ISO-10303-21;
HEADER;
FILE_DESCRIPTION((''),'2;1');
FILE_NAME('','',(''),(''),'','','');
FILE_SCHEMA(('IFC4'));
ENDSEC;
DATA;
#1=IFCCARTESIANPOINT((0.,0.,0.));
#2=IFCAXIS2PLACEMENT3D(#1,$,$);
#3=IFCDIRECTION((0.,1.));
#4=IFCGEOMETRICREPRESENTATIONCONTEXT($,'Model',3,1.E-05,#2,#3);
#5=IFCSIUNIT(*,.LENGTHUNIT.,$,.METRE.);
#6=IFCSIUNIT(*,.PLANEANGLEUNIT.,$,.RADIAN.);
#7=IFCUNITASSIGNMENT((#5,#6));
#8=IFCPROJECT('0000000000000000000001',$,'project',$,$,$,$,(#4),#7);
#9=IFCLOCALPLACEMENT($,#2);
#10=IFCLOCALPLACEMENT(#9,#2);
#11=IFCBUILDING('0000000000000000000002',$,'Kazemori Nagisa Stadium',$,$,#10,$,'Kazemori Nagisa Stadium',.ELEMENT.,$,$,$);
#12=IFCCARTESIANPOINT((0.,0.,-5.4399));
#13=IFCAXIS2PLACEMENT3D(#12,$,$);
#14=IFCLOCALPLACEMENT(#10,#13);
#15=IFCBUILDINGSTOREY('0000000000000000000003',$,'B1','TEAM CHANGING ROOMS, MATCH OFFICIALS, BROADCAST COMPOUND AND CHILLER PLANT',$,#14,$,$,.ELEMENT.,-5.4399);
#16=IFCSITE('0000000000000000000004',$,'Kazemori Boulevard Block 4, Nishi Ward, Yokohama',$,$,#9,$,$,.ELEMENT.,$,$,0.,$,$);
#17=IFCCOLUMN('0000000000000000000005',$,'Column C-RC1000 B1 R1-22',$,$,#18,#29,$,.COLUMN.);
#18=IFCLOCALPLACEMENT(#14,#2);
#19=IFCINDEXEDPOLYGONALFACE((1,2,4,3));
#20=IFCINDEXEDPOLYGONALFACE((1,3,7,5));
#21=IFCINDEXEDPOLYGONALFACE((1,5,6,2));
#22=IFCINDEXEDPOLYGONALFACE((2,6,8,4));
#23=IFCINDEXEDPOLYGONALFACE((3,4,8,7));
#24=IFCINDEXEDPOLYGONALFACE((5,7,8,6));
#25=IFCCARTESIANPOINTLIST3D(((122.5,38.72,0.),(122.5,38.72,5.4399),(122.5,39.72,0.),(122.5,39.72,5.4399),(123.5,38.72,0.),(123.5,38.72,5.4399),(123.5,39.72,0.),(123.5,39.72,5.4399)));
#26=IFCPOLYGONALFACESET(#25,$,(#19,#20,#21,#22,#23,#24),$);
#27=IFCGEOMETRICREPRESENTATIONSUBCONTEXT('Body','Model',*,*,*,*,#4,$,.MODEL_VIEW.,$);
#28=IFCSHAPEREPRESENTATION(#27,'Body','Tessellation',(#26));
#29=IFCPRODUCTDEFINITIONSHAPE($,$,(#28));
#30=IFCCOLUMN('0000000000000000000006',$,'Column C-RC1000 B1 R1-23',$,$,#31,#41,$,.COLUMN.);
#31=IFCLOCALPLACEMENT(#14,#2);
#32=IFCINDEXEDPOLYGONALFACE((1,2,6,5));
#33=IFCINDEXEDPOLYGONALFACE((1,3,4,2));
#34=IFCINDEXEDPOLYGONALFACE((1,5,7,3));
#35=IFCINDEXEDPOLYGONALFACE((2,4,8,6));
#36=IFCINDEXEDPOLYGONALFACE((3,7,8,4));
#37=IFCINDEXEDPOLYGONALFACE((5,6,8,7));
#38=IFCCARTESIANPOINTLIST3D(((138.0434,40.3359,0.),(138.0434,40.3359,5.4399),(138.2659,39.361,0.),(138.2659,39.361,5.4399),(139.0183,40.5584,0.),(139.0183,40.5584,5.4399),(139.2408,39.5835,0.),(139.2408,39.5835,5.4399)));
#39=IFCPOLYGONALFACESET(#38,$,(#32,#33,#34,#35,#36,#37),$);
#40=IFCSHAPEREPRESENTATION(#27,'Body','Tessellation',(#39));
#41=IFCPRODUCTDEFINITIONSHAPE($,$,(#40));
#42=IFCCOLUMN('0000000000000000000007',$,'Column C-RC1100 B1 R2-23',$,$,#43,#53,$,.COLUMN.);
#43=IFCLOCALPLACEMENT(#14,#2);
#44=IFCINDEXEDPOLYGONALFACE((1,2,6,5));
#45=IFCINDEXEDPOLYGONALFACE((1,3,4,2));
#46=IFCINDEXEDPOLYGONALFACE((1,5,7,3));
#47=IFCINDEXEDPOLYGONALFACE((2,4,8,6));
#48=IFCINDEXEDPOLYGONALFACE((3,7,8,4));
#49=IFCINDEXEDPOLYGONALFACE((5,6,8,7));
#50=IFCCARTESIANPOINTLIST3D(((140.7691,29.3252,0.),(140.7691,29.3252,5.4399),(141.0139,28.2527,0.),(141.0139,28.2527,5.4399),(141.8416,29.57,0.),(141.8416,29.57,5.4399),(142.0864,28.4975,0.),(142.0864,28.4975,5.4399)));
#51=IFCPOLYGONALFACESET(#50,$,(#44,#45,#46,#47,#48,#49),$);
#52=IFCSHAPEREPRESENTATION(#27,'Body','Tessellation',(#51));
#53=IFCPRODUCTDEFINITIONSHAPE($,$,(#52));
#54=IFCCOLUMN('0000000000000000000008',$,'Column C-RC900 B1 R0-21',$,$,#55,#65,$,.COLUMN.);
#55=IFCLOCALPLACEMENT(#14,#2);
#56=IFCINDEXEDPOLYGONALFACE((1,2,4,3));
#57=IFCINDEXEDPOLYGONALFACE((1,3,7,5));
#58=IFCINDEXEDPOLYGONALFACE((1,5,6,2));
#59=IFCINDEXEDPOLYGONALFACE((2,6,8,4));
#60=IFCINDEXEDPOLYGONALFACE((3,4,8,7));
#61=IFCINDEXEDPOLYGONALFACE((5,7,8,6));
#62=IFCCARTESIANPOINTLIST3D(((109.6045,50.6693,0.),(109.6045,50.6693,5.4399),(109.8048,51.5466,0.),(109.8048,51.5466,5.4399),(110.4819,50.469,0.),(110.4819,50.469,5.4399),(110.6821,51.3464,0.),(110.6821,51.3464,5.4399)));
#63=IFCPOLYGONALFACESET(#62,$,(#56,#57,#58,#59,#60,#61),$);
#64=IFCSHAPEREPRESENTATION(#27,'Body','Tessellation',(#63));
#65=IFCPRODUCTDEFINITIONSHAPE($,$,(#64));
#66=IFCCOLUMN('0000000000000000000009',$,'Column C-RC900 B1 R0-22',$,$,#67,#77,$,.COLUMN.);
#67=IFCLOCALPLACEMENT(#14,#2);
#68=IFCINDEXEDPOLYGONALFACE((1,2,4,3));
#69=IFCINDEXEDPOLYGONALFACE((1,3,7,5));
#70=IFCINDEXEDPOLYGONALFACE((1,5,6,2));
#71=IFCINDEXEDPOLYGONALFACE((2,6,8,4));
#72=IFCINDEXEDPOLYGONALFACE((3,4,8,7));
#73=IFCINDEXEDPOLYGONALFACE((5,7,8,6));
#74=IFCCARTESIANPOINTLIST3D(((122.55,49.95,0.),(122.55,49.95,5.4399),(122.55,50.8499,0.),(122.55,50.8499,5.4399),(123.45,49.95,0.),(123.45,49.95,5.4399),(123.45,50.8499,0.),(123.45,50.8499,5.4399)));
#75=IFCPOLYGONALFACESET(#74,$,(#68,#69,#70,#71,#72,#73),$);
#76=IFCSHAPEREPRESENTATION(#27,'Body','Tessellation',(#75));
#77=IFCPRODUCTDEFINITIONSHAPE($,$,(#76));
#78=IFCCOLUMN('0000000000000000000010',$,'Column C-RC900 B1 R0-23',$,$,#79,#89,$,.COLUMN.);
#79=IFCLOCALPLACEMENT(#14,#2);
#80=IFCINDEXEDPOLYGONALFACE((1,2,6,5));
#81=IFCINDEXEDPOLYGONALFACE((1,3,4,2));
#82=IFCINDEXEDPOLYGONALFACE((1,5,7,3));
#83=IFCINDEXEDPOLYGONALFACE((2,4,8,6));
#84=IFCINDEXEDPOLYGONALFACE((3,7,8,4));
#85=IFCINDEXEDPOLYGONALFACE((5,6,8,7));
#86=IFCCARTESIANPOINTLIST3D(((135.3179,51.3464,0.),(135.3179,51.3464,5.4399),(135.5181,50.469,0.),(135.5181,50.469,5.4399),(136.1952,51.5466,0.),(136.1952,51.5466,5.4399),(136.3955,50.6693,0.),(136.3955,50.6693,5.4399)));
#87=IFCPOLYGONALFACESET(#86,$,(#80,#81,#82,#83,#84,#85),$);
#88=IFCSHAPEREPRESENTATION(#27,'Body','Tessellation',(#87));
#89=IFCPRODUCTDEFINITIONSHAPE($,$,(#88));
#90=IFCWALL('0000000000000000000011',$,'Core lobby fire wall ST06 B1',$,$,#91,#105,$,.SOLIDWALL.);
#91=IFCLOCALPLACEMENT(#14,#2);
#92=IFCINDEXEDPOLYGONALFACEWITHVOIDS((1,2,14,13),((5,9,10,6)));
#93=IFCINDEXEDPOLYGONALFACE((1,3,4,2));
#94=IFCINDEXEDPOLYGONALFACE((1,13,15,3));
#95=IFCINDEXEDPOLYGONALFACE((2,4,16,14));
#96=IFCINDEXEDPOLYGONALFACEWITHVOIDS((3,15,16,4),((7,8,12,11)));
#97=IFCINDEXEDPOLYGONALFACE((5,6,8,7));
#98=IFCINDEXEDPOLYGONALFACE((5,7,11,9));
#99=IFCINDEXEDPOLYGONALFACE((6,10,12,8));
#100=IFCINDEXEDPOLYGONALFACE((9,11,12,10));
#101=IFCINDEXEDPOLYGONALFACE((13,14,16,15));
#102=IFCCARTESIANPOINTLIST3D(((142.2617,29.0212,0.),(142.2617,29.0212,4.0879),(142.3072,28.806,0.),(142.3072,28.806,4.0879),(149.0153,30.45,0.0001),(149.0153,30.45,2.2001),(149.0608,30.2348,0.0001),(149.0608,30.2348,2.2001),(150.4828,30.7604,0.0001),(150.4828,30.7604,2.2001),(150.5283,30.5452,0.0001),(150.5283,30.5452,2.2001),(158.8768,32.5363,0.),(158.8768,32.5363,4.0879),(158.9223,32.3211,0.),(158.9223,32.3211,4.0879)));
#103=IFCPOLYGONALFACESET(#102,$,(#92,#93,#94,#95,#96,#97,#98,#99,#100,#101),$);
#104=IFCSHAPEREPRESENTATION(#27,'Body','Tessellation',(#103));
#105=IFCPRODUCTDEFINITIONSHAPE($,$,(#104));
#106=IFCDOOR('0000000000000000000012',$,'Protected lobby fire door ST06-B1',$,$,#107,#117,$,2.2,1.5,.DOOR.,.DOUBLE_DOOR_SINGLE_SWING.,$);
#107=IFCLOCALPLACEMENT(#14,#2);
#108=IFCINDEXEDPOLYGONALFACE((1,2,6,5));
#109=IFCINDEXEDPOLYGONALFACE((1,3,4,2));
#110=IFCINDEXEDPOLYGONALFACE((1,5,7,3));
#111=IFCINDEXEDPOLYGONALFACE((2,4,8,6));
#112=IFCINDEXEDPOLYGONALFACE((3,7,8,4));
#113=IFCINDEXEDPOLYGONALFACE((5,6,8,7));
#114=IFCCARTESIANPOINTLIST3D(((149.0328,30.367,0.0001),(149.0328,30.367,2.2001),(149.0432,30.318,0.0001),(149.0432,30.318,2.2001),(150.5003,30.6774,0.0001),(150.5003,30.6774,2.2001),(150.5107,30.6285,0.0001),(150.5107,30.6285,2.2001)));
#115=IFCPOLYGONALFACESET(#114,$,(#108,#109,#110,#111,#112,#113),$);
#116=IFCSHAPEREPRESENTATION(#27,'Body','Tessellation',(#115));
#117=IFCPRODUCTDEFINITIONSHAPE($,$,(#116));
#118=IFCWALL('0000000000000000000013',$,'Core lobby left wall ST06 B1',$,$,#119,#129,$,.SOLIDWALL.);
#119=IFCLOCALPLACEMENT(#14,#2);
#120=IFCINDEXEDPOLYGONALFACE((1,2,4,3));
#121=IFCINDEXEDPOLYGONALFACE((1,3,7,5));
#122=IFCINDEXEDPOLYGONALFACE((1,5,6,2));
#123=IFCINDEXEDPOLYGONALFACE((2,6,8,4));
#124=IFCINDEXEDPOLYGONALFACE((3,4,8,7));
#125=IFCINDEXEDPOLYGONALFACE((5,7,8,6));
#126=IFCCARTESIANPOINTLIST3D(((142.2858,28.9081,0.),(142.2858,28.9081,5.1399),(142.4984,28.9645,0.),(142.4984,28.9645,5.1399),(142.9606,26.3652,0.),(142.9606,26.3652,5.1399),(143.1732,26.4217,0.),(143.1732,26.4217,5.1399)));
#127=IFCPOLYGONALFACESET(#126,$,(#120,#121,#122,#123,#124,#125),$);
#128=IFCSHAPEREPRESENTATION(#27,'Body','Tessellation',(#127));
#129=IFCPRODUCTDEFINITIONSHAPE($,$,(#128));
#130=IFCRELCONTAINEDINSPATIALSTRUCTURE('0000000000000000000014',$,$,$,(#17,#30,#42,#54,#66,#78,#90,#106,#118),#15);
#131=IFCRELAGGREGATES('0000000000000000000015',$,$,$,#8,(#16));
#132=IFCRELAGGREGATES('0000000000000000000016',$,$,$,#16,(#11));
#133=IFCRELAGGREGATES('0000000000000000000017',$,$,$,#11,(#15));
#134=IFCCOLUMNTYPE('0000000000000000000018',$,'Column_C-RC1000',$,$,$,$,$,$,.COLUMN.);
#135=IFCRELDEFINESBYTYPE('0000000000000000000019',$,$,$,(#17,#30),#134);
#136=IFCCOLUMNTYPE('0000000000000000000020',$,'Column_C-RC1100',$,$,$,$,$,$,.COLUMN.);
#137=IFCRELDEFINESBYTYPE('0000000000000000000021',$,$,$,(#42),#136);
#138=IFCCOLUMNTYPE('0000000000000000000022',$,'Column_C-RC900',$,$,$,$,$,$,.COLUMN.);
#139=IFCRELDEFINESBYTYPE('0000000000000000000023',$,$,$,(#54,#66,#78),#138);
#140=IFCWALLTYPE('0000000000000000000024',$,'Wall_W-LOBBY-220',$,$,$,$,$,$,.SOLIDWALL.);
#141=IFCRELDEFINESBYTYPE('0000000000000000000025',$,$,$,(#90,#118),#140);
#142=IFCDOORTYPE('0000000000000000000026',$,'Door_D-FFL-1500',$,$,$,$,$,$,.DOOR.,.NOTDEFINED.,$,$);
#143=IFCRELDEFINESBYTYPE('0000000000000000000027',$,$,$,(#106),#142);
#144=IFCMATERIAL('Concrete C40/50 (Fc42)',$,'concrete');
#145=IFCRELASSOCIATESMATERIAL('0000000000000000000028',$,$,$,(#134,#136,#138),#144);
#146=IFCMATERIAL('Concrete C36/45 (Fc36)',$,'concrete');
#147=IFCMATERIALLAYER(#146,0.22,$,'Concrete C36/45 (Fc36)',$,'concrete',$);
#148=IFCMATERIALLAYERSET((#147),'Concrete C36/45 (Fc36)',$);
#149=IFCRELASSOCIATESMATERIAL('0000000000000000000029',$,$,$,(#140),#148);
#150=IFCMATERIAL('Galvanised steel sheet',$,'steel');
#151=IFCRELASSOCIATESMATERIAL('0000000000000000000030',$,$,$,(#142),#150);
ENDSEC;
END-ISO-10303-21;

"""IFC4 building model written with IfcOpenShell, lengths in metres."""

from ifc_helpers import new_model, si_unit, direction, frame, frame_2d, origin, origin_2d, place, context, subcontext, project, spatial, rectangle, extrude, material, layer, layer_set, material_profile, profile_set, type_object, element, fill, save


model = new_model("IFC4")

# Units and contexts
model_context = context("Model", 3, precision=1e-05, world=origin(), true_north=direction((0.0, 1.0)))
body_context = subcontext(model_context, "Body", "Model", "MODEL_VIEW")
ifc_project = project(units=[si_unit("LENGTHUNIT", "METRE"), si_unit("PLANEANGLEUNIT", "RADIAN")], contexts=[model_context])

# Site, building, storey
site_placement = place(None, origin())
site = spatial("IfcSite", under=ifc_project, at=site_placement, Name="Kazemori Boulevard Block 4, Nishi Ward, Yokohama", CompositionType="ELEMENT", RefElevation=0.0)
building_placement = place(site_placement, origin())
building = spatial("IfcBuilding", under=site, at=building_placement, Name="Kazemori Nagisa Stadium", LongName="Kazemori Nagisa Stadium", CompositionType="ELEMENT")
storey_placement = place(building_placement, frame((0.0, 0.0, -5.4399)))
storey = spatial("IfcBuildingStorey", under=building, at=storey_placement, Name="B1", Description="TEAM CHANGING ROOMS, MATCH OFFICIALS, BROADCAST COMPOUND AND CHILLER PLANT", CompositionType="ELEMENT", Elevation=-5.4399)

# Shared definitions
ifc_material_1 = material(Name="Concrete C40/50 (Fc42)", Category="concrete")

# Shared definitions
ifc_material_2 = material(Name="Concrete C36/45 (Fc36)", Category="concrete")

# Columns
ifc_material_profile_1 = material_profile(ifc_material_1, rectangle(XDim=1.0, YDim=1.0, at=origin_2d()), Name="RC-COL-1000x1000")
ifc_profile_set_1 = profile_set([ifc_material_profile_1], Name="Concrete C40/50 (Fc42)")
column_type_1 = type_object("IfcColumnType", Name="Column_C-RC1000", PredefinedType="COLUMN", material=ifc_profile_set_1)
for number, where, z_axis, x_axis, name in (
    (1, (123.0, 39.22, 0.0), (0.0, 0.0, 1.0), (0.0, -1.0, 0.0), "Column C-RC1000 B1 R1-22"),
    (2, (138.6421, 39.9597, 0.0), (0.0, 0.0, 1.0), (0.222521, -0.974928, 0.0), "Column C-RC1000 B1 R1-23"),
):
    element("IfcColumn", number, at=place(storey_placement, frame(where, z_axis=z_axis, x_axis=x_axis)), inside=storey, type_object=column_type_1, Name=name, PredefinedType="COLUMN", context=body_context, shape_type="SweptSolid", body=[
        extrude(rectangle(XDim=1.0, YDim=1.0, at=origin_2d()), origin(), (0.0, 0.0, 1.0), 5.4399),
    ])
ifc_material_profile_2 = material_profile(ifc_material_1, rectangle(XDim=1.1001, YDim=1.1001, at=origin_2d()), Name="RC-COL-1100x1100")
ifc_profile_set_2 = profile_set([ifc_material_profile_2], Name="Concrete C40/50 (Fc42)")
column_type_2 = type_object("IfcColumnType", Name="Column_C-RC1100", PredefinedType="COLUMN", material=ifc_profile_set_2)
column_placement = place(storey_placement, frame((141.4277, 28.9114, 0.0), z_axis=(0.0, 0.0, 1.0), x_axis=(0.222521, -0.974928, 0.0)))
element("IfcColumn", 3, at=column_placement, inside=storey, type_object=column_type_2, Name="Column C-RC1100 B1 R2-23", PredefinedType="COLUMN", context=body_context, shape_type="SweptSolid", body=[
    extrude(rectangle(XDim=1.1001, YDim=1.1001, at=origin_2d()), origin(), (0.0, 0.0, 1.0), 5.4399),
])
ifc_material_profile_3 = material_profile(ifc_material_1, rectangle(XDim=0.8999, YDim=0.8999, at=origin_2d()), Name="RC-COL-900x900")
ifc_profile_set_3 = profile_set([ifc_material_profile_3], Name="Concrete C40/50 (Fc42)")
column_type_3 = type_object("IfcColumnType", Name="Column_C-RC900", PredefinedType="COLUMN", material=ifc_profile_set_3)
for number, where, z_axis, x_axis, name in (
    (4, (110.1433, 51.0078, 0.0), (0.0, 0.0, 1.0), (-0.222521, -0.974928, 0.0), "Column C-RC900 B1 R0-21"),
    (5, (123.0, 50.3999, 0.0), (0.0, 0.0, 1.0), (0.0, -1.0, 0.0), "Column C-RC900 B1 R0-22"),
    (6, (135.8567, 51.0078, 0.0), (0.0, 0.0, 1.0), (0.222521, -0.974928, 0.0), "Column C-RC900 B1 R0-23"),
):
    element("IfcColumn", number, at=place(storey_placement, frame(where, z_axis=z_axis, x_axis=x_axis)), inside=storey, type_object=column_type_3, Name=name, PredefinedType="COLUMN", context=body_context, shape_type="SweptSolid", body=[
        extrude(rectangle(XDim=0.8999, YDim=0.8999, at=origin_2d()), origin(), (0.0, 0.0, 1.0), 5.4399),
    ])

# Wall, opening, door
ifc_layer = layer(ifc_material_2, 0.22, Name="Concrete C36/45 (Fc36)", Category="concrete")
ifc_layer_set = layer_set([ifc_layer], Name="Concrete C36/45 (Fc36)")
wall_type = type_object("IfcWallType", Name="Wall_W-LOBBY-220", PredefinedType="SOLIDWALL", material=ifc_layer_set)
wall_1_placement = place(storey_placement, frame((142.2844, 28.9136, 0.0), z_axis=(0.0, 0.0, 1.0), x_axis=(0.978345, 0.20698, 0.0)))
wall_1 = element("IfcWall", 7, at=wall_1_placement, inside=storey, type_object=wall_type, Name="Core lobby fire wall ST06 B1", PredefinedType="SOLIDWALL", context=body_context, shape_type="SweptSolid", body=[
    extrude(rectangle(XDim=16.9829, YDim=0.22, at=frame_2d((8.4915, 0.0))), origin(), (0.0, 0.0, 1.0), 4.0879),
])
opening_placement = place(wall_1_placement, frame((6.9031, 0.0, 0.0)))
opening = element("IfcOpeningElement", 8, at=opening_placement, cuts=wall_1, PredefinedType="OPENING", context=body_context, shape_type="SweptSolid", body=[
    extrude(rectangle(XDim=1.5, YDim=2.2, at=frame_2d((0.75, 1.1001))), frame((0.0, 0.1199, 0.0), z_axis=(0.0, -1.0, 0.0), x_axis=(1.0, 0.0, 0.0)), (0.0, 0.0, 1.0), 0.24),
])
ifc_material_3 = material(Name="Galvanised steel sheet", Category="steel")
door_type = type_object("IfcDoorType", Name="Door_D-FFL-1500", OperationType="NOTDEFINED", PredefinedType="DOOR", material=ifc_material_3)
door_placement = place(opening_placement, frame((1.5, 0.0, 0.0), z_axis=(0.0, 0.0, 1.0), x_axis=(-1.0, 0.0, 0.0)))
door = element("IfcDoor", 9, at=door_placement, inside=storey, type_object=door_type, Name="Protected lobby fire door ST06-B1", OperationType="DOUBLE_DOOR_SINGLE_SWING", OverallHeight=2.2, OverallWidth=1.5, PredefinedType="DOOR", context=body_context, shape_type="SweptSolid", body=[
    extrude(rectangle(XDim=1.5, YDim=2.2, at=frame_2d((0.75, 1.1001))), frame((0.0, 0.0249, 0.0), z_axis=(0.0, -1.0, 0.0), x_axis=(1.0, 0.0, 0.0)), (0.0, 0.0, 1.0), 0.05),
])
fill(opening, door)

# Wall
wall_2_placement = place(storey_placement, frame((142.3921, 28.9363, 0.0), z_axis=(0.0, 0.0, 1.0), x_axis=(0.256507, -0.966542, 0.0)))
element("IfcWall", 10, at=wall_2_placement, inside=storey, type_object=wall_type, Name="Core lobby left wall ST06 B1", PredefinedType="SOLIDWALL", context=body_context, shape_type="SweptSolid", body=[
    extrude(rectangle(XDim=2.6309, YDim=0.22, at=frame_2d((1.3154, 0.0))), origin(), (0.0, 0.0, 1.0), 5.1399),
])

save(model, "model.ifc")
